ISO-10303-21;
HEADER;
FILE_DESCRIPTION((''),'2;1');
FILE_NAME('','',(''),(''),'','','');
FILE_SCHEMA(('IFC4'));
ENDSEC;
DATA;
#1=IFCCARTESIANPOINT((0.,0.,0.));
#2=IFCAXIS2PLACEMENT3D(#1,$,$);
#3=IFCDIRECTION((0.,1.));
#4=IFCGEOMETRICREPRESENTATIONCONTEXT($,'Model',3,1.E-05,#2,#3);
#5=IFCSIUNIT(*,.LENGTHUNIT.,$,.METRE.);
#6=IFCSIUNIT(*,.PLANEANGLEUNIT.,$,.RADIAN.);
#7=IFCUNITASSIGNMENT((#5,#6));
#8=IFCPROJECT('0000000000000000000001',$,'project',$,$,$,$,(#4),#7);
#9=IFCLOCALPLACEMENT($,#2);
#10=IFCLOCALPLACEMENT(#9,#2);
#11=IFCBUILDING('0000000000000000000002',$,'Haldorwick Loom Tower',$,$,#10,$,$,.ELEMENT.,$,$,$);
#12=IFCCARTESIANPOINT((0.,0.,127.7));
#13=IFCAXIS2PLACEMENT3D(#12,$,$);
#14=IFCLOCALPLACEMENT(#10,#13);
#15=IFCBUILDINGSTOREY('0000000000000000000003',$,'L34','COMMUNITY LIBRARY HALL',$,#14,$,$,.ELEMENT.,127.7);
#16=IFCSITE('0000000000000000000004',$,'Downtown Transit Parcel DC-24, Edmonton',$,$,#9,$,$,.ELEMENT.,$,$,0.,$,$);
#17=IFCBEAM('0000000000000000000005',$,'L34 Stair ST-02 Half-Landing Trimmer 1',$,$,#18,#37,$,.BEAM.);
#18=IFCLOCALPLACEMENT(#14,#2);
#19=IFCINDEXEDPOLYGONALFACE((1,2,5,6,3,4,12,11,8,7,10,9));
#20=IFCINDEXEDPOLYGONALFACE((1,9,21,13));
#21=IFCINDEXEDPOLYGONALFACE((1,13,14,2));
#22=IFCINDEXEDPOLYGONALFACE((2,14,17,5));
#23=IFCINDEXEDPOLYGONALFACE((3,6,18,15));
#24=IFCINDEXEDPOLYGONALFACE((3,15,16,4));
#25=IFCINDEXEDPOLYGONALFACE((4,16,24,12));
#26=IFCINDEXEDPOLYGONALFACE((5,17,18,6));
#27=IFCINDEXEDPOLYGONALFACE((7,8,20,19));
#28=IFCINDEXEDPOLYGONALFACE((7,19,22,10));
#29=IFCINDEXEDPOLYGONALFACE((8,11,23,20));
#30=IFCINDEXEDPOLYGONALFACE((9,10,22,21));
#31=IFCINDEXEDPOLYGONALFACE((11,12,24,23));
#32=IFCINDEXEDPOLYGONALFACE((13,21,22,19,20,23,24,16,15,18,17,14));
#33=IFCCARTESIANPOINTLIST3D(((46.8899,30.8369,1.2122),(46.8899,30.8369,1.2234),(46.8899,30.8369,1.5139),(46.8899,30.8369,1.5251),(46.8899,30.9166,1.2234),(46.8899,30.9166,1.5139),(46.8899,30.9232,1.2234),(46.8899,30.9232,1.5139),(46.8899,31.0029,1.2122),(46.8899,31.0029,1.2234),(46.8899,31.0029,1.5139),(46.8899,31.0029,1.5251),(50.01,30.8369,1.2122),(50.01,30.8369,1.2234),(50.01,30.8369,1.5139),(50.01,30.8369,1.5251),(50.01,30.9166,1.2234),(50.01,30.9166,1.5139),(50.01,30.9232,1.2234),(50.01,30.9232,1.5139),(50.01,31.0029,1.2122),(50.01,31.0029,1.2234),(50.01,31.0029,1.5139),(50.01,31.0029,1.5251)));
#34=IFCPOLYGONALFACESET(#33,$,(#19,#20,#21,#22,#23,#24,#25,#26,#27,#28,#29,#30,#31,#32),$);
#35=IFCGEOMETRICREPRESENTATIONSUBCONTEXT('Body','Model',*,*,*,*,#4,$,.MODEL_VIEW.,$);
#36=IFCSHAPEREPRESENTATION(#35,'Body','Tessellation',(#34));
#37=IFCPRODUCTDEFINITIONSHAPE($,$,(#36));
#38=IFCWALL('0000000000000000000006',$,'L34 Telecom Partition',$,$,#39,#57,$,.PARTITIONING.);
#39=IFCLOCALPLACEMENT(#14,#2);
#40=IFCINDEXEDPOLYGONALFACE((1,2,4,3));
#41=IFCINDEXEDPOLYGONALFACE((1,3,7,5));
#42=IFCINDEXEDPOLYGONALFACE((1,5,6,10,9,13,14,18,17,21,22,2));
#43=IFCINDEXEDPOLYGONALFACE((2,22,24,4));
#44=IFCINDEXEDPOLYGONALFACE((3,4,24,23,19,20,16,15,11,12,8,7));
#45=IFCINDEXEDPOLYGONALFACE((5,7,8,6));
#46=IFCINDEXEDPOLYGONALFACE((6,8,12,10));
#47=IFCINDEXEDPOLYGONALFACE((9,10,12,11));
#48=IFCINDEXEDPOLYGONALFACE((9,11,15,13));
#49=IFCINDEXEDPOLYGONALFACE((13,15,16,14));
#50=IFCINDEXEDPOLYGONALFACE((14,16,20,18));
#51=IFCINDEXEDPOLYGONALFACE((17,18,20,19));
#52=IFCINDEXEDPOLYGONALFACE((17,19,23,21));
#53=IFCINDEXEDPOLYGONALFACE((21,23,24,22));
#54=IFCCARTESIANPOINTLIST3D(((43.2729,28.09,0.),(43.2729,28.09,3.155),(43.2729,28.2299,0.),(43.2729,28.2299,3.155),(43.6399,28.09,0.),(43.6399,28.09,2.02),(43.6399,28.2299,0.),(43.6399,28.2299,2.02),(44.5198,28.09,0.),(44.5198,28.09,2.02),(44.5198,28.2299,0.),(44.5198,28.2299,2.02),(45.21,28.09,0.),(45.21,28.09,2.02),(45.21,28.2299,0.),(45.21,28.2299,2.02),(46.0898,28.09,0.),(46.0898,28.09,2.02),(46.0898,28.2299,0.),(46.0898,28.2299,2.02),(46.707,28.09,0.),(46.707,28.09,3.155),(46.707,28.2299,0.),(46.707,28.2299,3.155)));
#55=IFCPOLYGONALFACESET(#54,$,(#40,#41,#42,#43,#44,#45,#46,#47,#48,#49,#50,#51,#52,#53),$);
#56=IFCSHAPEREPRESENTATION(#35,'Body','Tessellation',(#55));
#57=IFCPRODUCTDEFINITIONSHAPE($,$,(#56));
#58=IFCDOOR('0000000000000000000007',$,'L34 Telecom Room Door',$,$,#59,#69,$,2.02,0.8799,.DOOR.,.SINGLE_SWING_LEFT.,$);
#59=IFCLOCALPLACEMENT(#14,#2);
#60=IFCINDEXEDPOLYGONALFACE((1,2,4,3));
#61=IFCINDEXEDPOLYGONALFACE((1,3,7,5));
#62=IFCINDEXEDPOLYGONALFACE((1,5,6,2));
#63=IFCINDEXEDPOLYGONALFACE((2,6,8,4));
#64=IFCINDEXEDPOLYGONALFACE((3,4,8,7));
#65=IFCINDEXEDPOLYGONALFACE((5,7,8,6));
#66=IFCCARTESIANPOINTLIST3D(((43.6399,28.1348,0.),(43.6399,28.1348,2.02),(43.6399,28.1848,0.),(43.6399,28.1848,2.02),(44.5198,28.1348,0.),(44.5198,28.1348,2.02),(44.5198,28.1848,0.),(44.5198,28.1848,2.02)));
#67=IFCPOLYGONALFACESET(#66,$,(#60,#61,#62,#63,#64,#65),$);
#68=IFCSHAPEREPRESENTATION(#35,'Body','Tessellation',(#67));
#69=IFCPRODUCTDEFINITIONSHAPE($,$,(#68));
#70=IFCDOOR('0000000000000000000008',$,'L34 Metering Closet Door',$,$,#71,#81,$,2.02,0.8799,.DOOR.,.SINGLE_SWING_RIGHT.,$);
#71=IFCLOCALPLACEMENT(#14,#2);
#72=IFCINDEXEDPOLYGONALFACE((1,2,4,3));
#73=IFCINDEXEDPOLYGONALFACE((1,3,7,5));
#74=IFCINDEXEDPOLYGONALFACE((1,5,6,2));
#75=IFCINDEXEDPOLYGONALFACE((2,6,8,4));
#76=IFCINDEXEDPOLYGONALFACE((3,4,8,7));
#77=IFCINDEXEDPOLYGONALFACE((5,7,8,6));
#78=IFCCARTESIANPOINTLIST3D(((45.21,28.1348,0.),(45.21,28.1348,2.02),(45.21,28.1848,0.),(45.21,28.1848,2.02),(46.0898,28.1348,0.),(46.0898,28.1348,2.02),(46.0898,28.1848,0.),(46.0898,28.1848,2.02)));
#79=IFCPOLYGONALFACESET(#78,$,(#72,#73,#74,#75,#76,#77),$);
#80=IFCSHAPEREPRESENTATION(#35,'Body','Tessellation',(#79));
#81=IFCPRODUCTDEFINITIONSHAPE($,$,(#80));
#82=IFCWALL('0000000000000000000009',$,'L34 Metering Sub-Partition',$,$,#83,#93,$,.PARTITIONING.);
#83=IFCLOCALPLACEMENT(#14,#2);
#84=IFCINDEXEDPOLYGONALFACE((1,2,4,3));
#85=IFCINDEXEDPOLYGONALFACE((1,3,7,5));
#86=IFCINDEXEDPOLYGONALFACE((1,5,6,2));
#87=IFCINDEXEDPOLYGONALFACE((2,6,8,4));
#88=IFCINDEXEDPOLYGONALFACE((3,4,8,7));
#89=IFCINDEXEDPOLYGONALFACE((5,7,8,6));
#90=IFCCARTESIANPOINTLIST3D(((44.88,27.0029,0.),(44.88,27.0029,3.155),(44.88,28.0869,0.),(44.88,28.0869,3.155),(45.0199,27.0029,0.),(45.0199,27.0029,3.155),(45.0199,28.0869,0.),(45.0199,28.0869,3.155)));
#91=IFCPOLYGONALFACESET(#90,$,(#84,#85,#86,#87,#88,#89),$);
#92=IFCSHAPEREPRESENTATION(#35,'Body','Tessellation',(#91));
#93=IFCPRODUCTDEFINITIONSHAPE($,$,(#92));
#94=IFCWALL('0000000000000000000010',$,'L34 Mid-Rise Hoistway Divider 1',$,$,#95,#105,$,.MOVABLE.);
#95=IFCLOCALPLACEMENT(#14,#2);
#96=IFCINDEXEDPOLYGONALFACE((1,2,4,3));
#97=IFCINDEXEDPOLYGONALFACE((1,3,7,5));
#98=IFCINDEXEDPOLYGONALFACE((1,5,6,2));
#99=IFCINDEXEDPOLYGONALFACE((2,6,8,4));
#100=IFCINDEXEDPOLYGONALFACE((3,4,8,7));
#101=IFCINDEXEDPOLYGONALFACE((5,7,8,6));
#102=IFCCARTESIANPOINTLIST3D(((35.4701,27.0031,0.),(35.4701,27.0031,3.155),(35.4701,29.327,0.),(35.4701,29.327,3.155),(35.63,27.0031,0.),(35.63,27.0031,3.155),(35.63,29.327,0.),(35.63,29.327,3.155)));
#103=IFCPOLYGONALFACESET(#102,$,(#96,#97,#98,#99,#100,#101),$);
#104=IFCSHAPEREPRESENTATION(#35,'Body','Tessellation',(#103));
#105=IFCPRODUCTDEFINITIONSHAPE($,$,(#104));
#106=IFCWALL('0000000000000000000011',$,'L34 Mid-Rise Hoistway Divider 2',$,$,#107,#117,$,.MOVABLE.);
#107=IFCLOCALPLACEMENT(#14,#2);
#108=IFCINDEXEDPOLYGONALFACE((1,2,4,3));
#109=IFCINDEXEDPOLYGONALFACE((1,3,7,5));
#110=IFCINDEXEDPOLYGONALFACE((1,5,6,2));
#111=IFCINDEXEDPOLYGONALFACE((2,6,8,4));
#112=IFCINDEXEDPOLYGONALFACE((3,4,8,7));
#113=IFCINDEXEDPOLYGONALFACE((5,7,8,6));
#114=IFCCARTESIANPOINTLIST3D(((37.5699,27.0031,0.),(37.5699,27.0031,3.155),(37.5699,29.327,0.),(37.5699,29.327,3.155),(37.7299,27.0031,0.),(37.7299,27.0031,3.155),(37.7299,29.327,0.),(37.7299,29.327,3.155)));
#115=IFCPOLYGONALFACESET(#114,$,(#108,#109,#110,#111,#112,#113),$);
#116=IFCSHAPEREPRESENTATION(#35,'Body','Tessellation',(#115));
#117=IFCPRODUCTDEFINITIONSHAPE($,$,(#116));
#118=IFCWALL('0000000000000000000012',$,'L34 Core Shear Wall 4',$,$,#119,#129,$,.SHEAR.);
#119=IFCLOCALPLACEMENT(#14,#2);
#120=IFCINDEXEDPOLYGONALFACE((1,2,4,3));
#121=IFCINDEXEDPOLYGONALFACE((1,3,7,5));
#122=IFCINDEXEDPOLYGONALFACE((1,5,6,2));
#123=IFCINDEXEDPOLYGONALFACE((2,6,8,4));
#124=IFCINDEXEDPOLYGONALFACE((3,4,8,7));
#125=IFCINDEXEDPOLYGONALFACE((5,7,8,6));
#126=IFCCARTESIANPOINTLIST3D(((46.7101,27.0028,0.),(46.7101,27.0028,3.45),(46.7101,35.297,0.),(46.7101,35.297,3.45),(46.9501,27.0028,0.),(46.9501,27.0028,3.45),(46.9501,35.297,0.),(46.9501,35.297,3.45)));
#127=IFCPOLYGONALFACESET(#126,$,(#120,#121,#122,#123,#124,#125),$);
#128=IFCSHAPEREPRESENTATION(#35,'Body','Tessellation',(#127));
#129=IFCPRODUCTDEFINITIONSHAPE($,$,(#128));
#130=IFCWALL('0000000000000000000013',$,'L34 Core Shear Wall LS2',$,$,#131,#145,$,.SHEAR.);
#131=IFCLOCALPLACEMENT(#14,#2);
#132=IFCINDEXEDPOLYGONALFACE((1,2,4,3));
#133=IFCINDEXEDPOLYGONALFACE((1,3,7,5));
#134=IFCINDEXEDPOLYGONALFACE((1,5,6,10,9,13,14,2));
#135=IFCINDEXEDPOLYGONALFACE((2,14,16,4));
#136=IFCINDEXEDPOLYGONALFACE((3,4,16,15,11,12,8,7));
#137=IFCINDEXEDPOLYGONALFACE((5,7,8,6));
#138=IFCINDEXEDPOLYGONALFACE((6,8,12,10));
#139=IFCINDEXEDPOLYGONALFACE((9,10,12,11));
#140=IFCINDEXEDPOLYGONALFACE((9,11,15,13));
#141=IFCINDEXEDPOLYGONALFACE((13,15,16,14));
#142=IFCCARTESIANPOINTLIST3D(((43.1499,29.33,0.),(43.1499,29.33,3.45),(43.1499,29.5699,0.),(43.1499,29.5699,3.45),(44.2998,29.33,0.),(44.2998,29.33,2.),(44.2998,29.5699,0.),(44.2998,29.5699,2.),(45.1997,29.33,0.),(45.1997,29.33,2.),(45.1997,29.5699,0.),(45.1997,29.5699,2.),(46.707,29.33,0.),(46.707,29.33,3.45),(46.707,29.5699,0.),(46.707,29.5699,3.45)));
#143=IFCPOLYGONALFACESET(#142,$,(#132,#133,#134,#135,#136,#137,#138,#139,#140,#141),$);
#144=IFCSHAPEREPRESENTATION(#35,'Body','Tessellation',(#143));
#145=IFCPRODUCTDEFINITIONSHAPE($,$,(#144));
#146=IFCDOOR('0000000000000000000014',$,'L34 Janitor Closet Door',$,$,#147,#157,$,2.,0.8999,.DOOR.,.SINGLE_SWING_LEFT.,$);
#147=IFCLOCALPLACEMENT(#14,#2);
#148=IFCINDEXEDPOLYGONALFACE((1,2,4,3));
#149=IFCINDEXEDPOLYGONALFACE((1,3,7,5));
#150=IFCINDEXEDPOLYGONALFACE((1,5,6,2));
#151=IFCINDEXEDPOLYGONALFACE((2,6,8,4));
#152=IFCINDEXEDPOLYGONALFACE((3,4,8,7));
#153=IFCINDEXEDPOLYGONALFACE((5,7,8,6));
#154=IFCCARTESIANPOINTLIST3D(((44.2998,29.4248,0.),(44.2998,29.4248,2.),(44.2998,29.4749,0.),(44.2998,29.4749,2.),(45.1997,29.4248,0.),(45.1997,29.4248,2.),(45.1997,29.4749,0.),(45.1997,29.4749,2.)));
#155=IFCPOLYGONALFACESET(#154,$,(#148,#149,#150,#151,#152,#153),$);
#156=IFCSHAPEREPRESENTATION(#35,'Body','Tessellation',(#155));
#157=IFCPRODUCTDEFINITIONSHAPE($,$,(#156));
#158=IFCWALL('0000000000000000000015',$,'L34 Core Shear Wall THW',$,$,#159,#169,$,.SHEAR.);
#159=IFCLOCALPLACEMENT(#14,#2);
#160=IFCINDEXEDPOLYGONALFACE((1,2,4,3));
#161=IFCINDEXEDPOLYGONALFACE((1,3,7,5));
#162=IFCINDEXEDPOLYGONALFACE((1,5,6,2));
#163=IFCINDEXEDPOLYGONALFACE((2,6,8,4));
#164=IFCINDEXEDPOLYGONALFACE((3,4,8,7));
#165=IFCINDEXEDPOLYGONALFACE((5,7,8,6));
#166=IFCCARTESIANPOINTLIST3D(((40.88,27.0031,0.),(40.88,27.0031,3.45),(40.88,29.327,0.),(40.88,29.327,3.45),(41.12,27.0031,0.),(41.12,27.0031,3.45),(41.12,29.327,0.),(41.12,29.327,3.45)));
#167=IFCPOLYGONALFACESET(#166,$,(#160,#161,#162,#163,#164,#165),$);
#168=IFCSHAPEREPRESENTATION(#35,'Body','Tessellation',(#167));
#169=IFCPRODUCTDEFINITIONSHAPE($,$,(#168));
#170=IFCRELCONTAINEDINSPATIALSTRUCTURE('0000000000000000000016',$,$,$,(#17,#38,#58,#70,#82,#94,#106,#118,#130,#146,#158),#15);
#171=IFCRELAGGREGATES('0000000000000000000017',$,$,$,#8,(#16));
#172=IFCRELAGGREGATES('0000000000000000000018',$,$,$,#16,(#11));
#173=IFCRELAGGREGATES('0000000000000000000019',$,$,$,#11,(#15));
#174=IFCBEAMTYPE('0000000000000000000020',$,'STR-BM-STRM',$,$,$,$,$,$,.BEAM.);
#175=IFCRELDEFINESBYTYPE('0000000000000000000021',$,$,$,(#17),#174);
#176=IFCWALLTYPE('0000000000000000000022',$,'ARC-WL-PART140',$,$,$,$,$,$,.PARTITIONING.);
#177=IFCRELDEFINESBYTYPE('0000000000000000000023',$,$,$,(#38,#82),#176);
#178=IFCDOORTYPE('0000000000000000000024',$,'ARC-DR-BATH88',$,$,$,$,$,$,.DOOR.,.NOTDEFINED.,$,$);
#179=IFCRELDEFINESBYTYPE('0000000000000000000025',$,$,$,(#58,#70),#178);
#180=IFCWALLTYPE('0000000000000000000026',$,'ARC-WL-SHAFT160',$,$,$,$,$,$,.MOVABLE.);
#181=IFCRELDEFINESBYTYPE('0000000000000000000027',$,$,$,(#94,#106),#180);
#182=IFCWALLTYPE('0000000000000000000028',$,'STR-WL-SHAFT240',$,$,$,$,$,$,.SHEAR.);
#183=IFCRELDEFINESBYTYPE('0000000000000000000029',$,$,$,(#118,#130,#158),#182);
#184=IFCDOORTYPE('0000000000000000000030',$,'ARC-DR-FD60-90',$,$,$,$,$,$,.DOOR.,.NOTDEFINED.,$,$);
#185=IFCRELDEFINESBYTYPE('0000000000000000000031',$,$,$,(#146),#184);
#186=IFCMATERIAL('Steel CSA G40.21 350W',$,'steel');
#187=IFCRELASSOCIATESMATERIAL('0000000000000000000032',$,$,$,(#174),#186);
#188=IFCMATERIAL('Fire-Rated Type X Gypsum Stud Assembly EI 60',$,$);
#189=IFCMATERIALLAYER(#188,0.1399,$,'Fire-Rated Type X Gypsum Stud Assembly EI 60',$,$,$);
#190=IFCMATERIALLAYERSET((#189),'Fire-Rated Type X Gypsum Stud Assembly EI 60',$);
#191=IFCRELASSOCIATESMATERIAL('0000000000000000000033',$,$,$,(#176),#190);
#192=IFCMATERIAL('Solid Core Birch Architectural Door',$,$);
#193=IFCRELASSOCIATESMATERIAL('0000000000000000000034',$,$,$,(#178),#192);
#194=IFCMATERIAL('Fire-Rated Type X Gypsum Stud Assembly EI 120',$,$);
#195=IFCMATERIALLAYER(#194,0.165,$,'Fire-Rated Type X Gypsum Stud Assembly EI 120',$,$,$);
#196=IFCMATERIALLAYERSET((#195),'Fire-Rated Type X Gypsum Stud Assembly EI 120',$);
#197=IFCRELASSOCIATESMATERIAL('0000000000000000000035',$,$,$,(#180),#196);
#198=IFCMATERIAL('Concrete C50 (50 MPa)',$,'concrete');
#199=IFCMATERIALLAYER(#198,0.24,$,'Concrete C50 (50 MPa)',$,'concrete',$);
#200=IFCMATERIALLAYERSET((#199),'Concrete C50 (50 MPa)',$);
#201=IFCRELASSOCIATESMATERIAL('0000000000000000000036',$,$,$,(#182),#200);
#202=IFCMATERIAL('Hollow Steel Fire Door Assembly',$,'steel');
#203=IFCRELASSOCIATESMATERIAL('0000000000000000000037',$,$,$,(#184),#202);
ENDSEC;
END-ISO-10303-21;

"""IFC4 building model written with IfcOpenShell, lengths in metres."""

from ifc_helpers import new_model, si_unit, direction, frame, frame_2d, origin, origin_2d, place, context, subcontext, project, spatial, rectangle, i_section, extrude, material, layer, layer_set, material_profile, profile_set, type_object, element, fill, save


model = new_model("IFC4")

# Units and contexts
model_context = context("Model", 3, precision=1e-05, world=origin(), true_north=direction((0.0, 1.0)))
body_context = subcontext(model_context, "Body", "Model", "MODEL_VIEW")
ifc_project = project(units=[si_unit("LENGTHUNIT", "METRE"), si_unit("PLANEANGLEUNIT", "RADIAN")], contexts=[model_context])

# Site, building, storey
site_placement = place(None, origin())
site = spatial("IfcSite", under=ifc_project, at=site_placement, Name="Downtown Transit Parcel DC-24, Edmonton", CompositionType="ELEMENT", RefElevation=0.0)
building_placement = place(site_placement, origin())
building = spatial("IfcBuilding", under=site, at=building_placement, Name="Haldorwick Loom Tower", CompositionType="ELEMENT")
storey_placement = place(building_placement, frame((0.0, 0.0, 127.7)))
storey = spatial("IfcBuildingStorey", under=building, at=storey_placement, Name="L34", Description="COMMUNITY LIBRARY HALL", CompositionType="ELEMENT", Elevation=127.7)

# Beam
ifc_material_1 = material(Name="Steel CSA G40.21 350W", Category="steel")
ifc_material_profile_1 = material_profile(ifc_material_1, i_section(OverallWidth=0.166, OverallDepth=0.313, WebThickness=0.0066, FlangeThickness=0.0112, at=origin_2d()), Name="W310X45", Category="steel")
ifc_profile_set_1 = profile_set([ifc_material_profile_1], Name="Steel CSA G40.21 350W")
beam_type_1 = type_object("IfcBeamType", Name="STR-BM-STRM", PredefinedType="BEAM", material=ifc_profile_set_1)
for number, where, z_axis, x_axis, name in (
    (1, (46.8899, 30.9199, 1.3687), (1.0, 0.0, 0.0), (0.0, 1.0, 0.0), "L34 Stair ST-02 Half-Landing Trimmer 1"),
):
    element("IfcBeam", number, at=place(storey_placement, frame(where, z_axis=z_axis, x_axis=x_axis)), inside=storey, type_object=beam_type_1, Name=name, PredefinedType="BEAM", context=body_context, shape_type="SweptSolid", body=[
        extrude(i_section(OverallWidth=0.166, OverallDepth=0.313, WebThickness=0.0066, FlangeThickness=0.0112, at=origin_2d()), origin(), (0.0, 0.0, 1.0), 3.1201),
    ])

# Wall, openings, doors
ifc_material_2 = material(Name="Fire-Rated Type X Gypsum Stud Assembly EI 60")
ifc_layer_1 = layer(ifc_material_2, 0.1399, Name="Fire-Rated Type X Gypsum Stud Assembly EI 60")
ifc_layer_set_1 = layer_set([ifc_layer_1], Name="Fire-Rated Type X Gypsum Stud Assembly EI 60")
wall_type_1 = type_object("IfcWallType", Name="ARC-WL-PART140", PredefinedType="PARTITIONING", material=ifc_layer_set_1)
wall_1_placement = place(storey_placement, frame((43.2729, 28.1599, 0.0), z_axis=(0.0, 0.0, 1.0), x_axis=(1.0, 0.0, 0.0)))
wall_1 = element("IfcWall", 2, at=wall_1_placement, inside=storey, type_object=wall_type_1, Name="L34 Telecom Partition", PredefinedType="PARTITIONING", context=body_context, shape_type="SweptSolid", body=[
    extrude(rectangle(XDim=3.4341, YDim=0.1399, at=frame_2d((1.717, 0.0))), origin(), (0.0, 0.0, 1.0), 3.155),
])
opening_1_placement = place(wall_1_placement, frame((0.3669, 0.0, 0.0)))
opening_1 = element("IfcOpeningElement", 3, at=opening_1_placement, cuts=wall_1, PredefinedType="OPENING", context=body_context, shape_type="SweptSolid", body=[
    extrude(rectangle(XDim=0.8799, YDim=2.02, at=frame_2d((0.4399, 1.01))), frame((0.0, 0.0798, 0.0), z_axis=(0.0, -1.0, 0.0), x_axis=(1.0, 0.0, 0.0)), (0.0, 0.0, 1.0), 0.1599),
])
opening_2_placement = place(wall_1_placement, frame((1.937, 0.0, 0.0)))
opening_2 = element("IfcOpeningElement", 4, at=opening_2_placement, cuts=wall_1, PredefinedType="OPENING", context=body_context, shape_type="SweptSolid", body=[
    extrude(rectangle(XDim=0.8799, YDim=2.02, at=frame_2d((0.4399, 1.01))), frame((0.0, 0.0798, 0.0), z_axis=(0.0, -1.0, 0.0), x_axis=(1.0, 0.0, 0.0)), (0.0, 0.0, 1.0), 0.1599),
])
ifc_material_3 = material(Name="Solid Core Birch Architectural Door")
door_type_1 = type_object("IfcDoorType", Name="ARC-DR-BATH88", OperationType="NOTDEFINED", PredefinedType="DOOR", material=ifc_material_3)
door_1_placement = place(opening_1_placement, origin())
door_1 = element("IfcDoor", 5, at=door_1_placement, inside=storey, type_object=door_type_1, Name="L34 Telecom Room Door", OperationType="SINGLE_SWING_LEFT", OverallHeight=2.02, OverallWidth=0.8799, PredefinedType="DOOR", context=body_context, shape_type="SweptSolid", body=[
    extrude(rectangle(XDim=0.8799, YDim=2.02, at=frame_2d((0.4399, 1.01))), frame((0.0, 0.0249, 0.0), z_axis=(0.0, -1.0, 0.0), x_axis=(1.0, 0.0, 0.0)), (0.0, 0.0, 1.0), 0.05),
])
fill(opening_1, door_1)
door_2_placement = place(opening_2_placement, origin())
door_2 = element("IfcDoor", 6, at=door_2_placement, inside=storey, type_object=door_type_1, Name="L34 Metering Closet Door", OperationType="SINGLE_SWING_RIGHT", OverallHeight=2.02, OverallWidth=0.8799, PredefinedType="DOOR", context=body_context, shape_type="SweptSolid", body=[
    extrude(rectangle(XDim=0.8799, YDim=2.02, at=frame_2d((0.4399, 1.01))), frame((0.0, 0.0249, 0.0), z_axis=(0.0, -1.0, 0.0), x_axis=(1.0, 0.0, 0.0)), (0.0, 0.0, 1.0), 0.05),
])
fill(opening_2, door_2)

# Walls
wall_2_placement = place(storey_placement, frame((44.95, 27.0029, 0.0), z_axis=(0.0, 0.0, 1.0), x_axis=(0.0, 1.0, 0.0)))
element("IfcWall", 7, at=wall_2_placement, inside=storey, type_object=wall_type_1, Name="L34 Metering Sub-Partition", PredefinedType="PARTITIONING", context=body_context, shape_type="SweptSolid", body=[
    extrude(rectangle(XDim=1.084, YDim=0.1399, at=frame_2d((0.542, 0.0))), origin(), (0.0, 0.0, 1.0), 3.155),
])
ifc_material_4 = material(Name="Fire-Rated Type X Gypsum Stud Assembly EI 120")
ifc_layer_2 = layer(ifc_material_4, 0.165, Name="Fire-Rated Type X Gypsum Stud Assembly EI 120")
ifc_layer_set_2 = layer_set([ifc_layer_2], Name="Fire-Rated Type X Gypsum Stud Assembly EI 120")
wall_type_2 = type_object("IfcWallType", Name="ARC-WL-SHAFT160", PredefinedType="MOVABLE", material=ifc_layer_set_2)
for number, where, z_axis, x_axis, name in (
    (8, (35.55, 27.0029, 0.0), (0.0, 0.0, 1.0), (0.0, 1.0, 0.0), "L34 Mid-Rise Hoistway Divider 1"),
    (9, (37.6499, 27.0029, 0.0), (0.0, 0.0, 1.0), (0.0, 1.0, 0.0), "L34 Mid-Rise Hoistway Divider 2"),
):
    element("IfcWall", number, at=place(storey_placement, frame(where, z_axis=z_axis, x_axis=x_axis)), inside=storey, type_object=wall_type_2, Name=name, PredefinedType="MOVABLE", context=body_context, shape_type="SweptSolid", body=[
        extrude(rectangle(XDim=2.324, YDim=0.1599, at=frame_2d((1.1621, 0.0))), origin(), (0.0, 0.0, 1.0), 3.155),
    ])
ifc_material_5 = material(Name="Concrete C50 (50 MPa)", Category="concrete")
ifc_layer_3 = layer(ifc_material_5, 0.24, Name="Concrete C50 (50 MPa)", Category="concrete")
ifc_layer_set_3 = layer_set([ifc_layer_3], Name="Concrete C50 (50 MPa)")
wall_type_3 = type_object("IfcWallType", Name="STR-WL-SHAFT240", PredefinedType="SHEAR", material=ifc_layer_set_3)
wall_3_placement = place(storey_placement, frame((46.8301, 27.0029, 0.0), z_axis=(0.0, 0.0, 1.0), x_axis=(0.0, 1.0, 0.0)))
element("IfcWall", 10, at=wall_3_placement, inside=storey, type_object=wall_type_3, Name="L34 Core Shear Wall 4", PredefinedType="SHEAR", context=body_context, shape_type="SweptSolid", body=[
    extrude(rectangle(XDim=8.2942, YDim=0.24, at=frame_2d((4.147, 0.0))), origin(), (0.0, 0.0, 1.0), 3.45),
])

# Wall, opening, door
wall_4_placement = place(storey_placement, frame((43.1499, 29.45, 0.0), z_axis=(0.0, 0.0, 1.0), x_axis=(1.0, 0.0, 0.0)))
wall_4 = element("IfcWall", 11, at=wall_4_placement, inside=storey, type_object=wall_type_3, Name="L34 Core Shear Wall LS2", PredefinedType="SHEAR", context=body_context, shape_type="SweptSolid", body=[
    extrude(rectangle(XDim=3.5571, YDim=0.24, at=frame_2d((1.7786, 0.0))), origin(), (0.0, 0.0, 1.0), 3.45),
])
opening_3_placement = place(wall_4_placement, frame((1.1499, 0.0, 0.0)))
opening_3 = element("IfcOpeningElement", 12, at=opening_3_placement, cuts=wall_4, PredefinedType="OPENING", context=body_context, shape_type="SweptSolid", body=[
    extrude(rectangle(XDim=0.8999, YDim=2.0, at=frame_2d((0.45, 1.0))), frame((0.0, 0.1299, 0.0), z_axis=(0.0, -1.0, 0.0), x_axis=(1.0, 0.0, 0.0)), (0.0, 0.0, 1.0), 0.26),
])
ifc_material_6 = material(Name="Hollow Steel Fire Door Assembly", Category="steel")
door_type_2 = type_object("IfcDoorType", Name="ARC-DR-FD60-90", OperationType="NOTDEFINED", PredefinedType="DOOR", material=ifc_material_6)
door_3_placement = place(opening_3_placement, origin())
door_3 = element("IfcDoor", 13, at=door_3_placement, inside=storey, type_object=door_type_2, Name="L34 Janitor Closet Door", OperationType="SINGLE_SWING_LEFT", OverallHeight=2.0, OverallWidth=0.8999, PredefinedType="DOOR", context=body_context, shape_type="SweptSolid", body=[
    extrude(rectangle(XDim=0.8999, YDim=2.0, at=frame_2d((0.45, 1.0))), frame((0.0, 0.0249, 0.0), z_axis=(0.0, -1.0, 0.0), x_axis=(1.0, 0.0, 0.0)), (0.0, 0.0, 1.0), 0.05),
])
fill(opening_3, door_3)

# Wall
for number, where, z_axis, x_axis, name in (
    (14, (41.0, 27.0029, 0.0), (0.0, 0.0, 1.0), (0.0, 1.0, 0.0), "L34 Core Shear Wall THW"),
):
    element("IfcWall", number, at=place(storey_placement, frame(where, z_axis=z_axis, x_axis=x_axis)), inside=storey, type_object=wall_type_3, Name=name, PredefinedType="SHEAR", context=body_context, shape_type="SweptSolid", body=[
        extrude(rectangle(XDim=2.324, YDim=0.24, at=frame_2d((1.1621, 0.0))), origin(), (0.0, 0.0, 1.0), 3.45),
    ])

save(model, "model.ifc")
